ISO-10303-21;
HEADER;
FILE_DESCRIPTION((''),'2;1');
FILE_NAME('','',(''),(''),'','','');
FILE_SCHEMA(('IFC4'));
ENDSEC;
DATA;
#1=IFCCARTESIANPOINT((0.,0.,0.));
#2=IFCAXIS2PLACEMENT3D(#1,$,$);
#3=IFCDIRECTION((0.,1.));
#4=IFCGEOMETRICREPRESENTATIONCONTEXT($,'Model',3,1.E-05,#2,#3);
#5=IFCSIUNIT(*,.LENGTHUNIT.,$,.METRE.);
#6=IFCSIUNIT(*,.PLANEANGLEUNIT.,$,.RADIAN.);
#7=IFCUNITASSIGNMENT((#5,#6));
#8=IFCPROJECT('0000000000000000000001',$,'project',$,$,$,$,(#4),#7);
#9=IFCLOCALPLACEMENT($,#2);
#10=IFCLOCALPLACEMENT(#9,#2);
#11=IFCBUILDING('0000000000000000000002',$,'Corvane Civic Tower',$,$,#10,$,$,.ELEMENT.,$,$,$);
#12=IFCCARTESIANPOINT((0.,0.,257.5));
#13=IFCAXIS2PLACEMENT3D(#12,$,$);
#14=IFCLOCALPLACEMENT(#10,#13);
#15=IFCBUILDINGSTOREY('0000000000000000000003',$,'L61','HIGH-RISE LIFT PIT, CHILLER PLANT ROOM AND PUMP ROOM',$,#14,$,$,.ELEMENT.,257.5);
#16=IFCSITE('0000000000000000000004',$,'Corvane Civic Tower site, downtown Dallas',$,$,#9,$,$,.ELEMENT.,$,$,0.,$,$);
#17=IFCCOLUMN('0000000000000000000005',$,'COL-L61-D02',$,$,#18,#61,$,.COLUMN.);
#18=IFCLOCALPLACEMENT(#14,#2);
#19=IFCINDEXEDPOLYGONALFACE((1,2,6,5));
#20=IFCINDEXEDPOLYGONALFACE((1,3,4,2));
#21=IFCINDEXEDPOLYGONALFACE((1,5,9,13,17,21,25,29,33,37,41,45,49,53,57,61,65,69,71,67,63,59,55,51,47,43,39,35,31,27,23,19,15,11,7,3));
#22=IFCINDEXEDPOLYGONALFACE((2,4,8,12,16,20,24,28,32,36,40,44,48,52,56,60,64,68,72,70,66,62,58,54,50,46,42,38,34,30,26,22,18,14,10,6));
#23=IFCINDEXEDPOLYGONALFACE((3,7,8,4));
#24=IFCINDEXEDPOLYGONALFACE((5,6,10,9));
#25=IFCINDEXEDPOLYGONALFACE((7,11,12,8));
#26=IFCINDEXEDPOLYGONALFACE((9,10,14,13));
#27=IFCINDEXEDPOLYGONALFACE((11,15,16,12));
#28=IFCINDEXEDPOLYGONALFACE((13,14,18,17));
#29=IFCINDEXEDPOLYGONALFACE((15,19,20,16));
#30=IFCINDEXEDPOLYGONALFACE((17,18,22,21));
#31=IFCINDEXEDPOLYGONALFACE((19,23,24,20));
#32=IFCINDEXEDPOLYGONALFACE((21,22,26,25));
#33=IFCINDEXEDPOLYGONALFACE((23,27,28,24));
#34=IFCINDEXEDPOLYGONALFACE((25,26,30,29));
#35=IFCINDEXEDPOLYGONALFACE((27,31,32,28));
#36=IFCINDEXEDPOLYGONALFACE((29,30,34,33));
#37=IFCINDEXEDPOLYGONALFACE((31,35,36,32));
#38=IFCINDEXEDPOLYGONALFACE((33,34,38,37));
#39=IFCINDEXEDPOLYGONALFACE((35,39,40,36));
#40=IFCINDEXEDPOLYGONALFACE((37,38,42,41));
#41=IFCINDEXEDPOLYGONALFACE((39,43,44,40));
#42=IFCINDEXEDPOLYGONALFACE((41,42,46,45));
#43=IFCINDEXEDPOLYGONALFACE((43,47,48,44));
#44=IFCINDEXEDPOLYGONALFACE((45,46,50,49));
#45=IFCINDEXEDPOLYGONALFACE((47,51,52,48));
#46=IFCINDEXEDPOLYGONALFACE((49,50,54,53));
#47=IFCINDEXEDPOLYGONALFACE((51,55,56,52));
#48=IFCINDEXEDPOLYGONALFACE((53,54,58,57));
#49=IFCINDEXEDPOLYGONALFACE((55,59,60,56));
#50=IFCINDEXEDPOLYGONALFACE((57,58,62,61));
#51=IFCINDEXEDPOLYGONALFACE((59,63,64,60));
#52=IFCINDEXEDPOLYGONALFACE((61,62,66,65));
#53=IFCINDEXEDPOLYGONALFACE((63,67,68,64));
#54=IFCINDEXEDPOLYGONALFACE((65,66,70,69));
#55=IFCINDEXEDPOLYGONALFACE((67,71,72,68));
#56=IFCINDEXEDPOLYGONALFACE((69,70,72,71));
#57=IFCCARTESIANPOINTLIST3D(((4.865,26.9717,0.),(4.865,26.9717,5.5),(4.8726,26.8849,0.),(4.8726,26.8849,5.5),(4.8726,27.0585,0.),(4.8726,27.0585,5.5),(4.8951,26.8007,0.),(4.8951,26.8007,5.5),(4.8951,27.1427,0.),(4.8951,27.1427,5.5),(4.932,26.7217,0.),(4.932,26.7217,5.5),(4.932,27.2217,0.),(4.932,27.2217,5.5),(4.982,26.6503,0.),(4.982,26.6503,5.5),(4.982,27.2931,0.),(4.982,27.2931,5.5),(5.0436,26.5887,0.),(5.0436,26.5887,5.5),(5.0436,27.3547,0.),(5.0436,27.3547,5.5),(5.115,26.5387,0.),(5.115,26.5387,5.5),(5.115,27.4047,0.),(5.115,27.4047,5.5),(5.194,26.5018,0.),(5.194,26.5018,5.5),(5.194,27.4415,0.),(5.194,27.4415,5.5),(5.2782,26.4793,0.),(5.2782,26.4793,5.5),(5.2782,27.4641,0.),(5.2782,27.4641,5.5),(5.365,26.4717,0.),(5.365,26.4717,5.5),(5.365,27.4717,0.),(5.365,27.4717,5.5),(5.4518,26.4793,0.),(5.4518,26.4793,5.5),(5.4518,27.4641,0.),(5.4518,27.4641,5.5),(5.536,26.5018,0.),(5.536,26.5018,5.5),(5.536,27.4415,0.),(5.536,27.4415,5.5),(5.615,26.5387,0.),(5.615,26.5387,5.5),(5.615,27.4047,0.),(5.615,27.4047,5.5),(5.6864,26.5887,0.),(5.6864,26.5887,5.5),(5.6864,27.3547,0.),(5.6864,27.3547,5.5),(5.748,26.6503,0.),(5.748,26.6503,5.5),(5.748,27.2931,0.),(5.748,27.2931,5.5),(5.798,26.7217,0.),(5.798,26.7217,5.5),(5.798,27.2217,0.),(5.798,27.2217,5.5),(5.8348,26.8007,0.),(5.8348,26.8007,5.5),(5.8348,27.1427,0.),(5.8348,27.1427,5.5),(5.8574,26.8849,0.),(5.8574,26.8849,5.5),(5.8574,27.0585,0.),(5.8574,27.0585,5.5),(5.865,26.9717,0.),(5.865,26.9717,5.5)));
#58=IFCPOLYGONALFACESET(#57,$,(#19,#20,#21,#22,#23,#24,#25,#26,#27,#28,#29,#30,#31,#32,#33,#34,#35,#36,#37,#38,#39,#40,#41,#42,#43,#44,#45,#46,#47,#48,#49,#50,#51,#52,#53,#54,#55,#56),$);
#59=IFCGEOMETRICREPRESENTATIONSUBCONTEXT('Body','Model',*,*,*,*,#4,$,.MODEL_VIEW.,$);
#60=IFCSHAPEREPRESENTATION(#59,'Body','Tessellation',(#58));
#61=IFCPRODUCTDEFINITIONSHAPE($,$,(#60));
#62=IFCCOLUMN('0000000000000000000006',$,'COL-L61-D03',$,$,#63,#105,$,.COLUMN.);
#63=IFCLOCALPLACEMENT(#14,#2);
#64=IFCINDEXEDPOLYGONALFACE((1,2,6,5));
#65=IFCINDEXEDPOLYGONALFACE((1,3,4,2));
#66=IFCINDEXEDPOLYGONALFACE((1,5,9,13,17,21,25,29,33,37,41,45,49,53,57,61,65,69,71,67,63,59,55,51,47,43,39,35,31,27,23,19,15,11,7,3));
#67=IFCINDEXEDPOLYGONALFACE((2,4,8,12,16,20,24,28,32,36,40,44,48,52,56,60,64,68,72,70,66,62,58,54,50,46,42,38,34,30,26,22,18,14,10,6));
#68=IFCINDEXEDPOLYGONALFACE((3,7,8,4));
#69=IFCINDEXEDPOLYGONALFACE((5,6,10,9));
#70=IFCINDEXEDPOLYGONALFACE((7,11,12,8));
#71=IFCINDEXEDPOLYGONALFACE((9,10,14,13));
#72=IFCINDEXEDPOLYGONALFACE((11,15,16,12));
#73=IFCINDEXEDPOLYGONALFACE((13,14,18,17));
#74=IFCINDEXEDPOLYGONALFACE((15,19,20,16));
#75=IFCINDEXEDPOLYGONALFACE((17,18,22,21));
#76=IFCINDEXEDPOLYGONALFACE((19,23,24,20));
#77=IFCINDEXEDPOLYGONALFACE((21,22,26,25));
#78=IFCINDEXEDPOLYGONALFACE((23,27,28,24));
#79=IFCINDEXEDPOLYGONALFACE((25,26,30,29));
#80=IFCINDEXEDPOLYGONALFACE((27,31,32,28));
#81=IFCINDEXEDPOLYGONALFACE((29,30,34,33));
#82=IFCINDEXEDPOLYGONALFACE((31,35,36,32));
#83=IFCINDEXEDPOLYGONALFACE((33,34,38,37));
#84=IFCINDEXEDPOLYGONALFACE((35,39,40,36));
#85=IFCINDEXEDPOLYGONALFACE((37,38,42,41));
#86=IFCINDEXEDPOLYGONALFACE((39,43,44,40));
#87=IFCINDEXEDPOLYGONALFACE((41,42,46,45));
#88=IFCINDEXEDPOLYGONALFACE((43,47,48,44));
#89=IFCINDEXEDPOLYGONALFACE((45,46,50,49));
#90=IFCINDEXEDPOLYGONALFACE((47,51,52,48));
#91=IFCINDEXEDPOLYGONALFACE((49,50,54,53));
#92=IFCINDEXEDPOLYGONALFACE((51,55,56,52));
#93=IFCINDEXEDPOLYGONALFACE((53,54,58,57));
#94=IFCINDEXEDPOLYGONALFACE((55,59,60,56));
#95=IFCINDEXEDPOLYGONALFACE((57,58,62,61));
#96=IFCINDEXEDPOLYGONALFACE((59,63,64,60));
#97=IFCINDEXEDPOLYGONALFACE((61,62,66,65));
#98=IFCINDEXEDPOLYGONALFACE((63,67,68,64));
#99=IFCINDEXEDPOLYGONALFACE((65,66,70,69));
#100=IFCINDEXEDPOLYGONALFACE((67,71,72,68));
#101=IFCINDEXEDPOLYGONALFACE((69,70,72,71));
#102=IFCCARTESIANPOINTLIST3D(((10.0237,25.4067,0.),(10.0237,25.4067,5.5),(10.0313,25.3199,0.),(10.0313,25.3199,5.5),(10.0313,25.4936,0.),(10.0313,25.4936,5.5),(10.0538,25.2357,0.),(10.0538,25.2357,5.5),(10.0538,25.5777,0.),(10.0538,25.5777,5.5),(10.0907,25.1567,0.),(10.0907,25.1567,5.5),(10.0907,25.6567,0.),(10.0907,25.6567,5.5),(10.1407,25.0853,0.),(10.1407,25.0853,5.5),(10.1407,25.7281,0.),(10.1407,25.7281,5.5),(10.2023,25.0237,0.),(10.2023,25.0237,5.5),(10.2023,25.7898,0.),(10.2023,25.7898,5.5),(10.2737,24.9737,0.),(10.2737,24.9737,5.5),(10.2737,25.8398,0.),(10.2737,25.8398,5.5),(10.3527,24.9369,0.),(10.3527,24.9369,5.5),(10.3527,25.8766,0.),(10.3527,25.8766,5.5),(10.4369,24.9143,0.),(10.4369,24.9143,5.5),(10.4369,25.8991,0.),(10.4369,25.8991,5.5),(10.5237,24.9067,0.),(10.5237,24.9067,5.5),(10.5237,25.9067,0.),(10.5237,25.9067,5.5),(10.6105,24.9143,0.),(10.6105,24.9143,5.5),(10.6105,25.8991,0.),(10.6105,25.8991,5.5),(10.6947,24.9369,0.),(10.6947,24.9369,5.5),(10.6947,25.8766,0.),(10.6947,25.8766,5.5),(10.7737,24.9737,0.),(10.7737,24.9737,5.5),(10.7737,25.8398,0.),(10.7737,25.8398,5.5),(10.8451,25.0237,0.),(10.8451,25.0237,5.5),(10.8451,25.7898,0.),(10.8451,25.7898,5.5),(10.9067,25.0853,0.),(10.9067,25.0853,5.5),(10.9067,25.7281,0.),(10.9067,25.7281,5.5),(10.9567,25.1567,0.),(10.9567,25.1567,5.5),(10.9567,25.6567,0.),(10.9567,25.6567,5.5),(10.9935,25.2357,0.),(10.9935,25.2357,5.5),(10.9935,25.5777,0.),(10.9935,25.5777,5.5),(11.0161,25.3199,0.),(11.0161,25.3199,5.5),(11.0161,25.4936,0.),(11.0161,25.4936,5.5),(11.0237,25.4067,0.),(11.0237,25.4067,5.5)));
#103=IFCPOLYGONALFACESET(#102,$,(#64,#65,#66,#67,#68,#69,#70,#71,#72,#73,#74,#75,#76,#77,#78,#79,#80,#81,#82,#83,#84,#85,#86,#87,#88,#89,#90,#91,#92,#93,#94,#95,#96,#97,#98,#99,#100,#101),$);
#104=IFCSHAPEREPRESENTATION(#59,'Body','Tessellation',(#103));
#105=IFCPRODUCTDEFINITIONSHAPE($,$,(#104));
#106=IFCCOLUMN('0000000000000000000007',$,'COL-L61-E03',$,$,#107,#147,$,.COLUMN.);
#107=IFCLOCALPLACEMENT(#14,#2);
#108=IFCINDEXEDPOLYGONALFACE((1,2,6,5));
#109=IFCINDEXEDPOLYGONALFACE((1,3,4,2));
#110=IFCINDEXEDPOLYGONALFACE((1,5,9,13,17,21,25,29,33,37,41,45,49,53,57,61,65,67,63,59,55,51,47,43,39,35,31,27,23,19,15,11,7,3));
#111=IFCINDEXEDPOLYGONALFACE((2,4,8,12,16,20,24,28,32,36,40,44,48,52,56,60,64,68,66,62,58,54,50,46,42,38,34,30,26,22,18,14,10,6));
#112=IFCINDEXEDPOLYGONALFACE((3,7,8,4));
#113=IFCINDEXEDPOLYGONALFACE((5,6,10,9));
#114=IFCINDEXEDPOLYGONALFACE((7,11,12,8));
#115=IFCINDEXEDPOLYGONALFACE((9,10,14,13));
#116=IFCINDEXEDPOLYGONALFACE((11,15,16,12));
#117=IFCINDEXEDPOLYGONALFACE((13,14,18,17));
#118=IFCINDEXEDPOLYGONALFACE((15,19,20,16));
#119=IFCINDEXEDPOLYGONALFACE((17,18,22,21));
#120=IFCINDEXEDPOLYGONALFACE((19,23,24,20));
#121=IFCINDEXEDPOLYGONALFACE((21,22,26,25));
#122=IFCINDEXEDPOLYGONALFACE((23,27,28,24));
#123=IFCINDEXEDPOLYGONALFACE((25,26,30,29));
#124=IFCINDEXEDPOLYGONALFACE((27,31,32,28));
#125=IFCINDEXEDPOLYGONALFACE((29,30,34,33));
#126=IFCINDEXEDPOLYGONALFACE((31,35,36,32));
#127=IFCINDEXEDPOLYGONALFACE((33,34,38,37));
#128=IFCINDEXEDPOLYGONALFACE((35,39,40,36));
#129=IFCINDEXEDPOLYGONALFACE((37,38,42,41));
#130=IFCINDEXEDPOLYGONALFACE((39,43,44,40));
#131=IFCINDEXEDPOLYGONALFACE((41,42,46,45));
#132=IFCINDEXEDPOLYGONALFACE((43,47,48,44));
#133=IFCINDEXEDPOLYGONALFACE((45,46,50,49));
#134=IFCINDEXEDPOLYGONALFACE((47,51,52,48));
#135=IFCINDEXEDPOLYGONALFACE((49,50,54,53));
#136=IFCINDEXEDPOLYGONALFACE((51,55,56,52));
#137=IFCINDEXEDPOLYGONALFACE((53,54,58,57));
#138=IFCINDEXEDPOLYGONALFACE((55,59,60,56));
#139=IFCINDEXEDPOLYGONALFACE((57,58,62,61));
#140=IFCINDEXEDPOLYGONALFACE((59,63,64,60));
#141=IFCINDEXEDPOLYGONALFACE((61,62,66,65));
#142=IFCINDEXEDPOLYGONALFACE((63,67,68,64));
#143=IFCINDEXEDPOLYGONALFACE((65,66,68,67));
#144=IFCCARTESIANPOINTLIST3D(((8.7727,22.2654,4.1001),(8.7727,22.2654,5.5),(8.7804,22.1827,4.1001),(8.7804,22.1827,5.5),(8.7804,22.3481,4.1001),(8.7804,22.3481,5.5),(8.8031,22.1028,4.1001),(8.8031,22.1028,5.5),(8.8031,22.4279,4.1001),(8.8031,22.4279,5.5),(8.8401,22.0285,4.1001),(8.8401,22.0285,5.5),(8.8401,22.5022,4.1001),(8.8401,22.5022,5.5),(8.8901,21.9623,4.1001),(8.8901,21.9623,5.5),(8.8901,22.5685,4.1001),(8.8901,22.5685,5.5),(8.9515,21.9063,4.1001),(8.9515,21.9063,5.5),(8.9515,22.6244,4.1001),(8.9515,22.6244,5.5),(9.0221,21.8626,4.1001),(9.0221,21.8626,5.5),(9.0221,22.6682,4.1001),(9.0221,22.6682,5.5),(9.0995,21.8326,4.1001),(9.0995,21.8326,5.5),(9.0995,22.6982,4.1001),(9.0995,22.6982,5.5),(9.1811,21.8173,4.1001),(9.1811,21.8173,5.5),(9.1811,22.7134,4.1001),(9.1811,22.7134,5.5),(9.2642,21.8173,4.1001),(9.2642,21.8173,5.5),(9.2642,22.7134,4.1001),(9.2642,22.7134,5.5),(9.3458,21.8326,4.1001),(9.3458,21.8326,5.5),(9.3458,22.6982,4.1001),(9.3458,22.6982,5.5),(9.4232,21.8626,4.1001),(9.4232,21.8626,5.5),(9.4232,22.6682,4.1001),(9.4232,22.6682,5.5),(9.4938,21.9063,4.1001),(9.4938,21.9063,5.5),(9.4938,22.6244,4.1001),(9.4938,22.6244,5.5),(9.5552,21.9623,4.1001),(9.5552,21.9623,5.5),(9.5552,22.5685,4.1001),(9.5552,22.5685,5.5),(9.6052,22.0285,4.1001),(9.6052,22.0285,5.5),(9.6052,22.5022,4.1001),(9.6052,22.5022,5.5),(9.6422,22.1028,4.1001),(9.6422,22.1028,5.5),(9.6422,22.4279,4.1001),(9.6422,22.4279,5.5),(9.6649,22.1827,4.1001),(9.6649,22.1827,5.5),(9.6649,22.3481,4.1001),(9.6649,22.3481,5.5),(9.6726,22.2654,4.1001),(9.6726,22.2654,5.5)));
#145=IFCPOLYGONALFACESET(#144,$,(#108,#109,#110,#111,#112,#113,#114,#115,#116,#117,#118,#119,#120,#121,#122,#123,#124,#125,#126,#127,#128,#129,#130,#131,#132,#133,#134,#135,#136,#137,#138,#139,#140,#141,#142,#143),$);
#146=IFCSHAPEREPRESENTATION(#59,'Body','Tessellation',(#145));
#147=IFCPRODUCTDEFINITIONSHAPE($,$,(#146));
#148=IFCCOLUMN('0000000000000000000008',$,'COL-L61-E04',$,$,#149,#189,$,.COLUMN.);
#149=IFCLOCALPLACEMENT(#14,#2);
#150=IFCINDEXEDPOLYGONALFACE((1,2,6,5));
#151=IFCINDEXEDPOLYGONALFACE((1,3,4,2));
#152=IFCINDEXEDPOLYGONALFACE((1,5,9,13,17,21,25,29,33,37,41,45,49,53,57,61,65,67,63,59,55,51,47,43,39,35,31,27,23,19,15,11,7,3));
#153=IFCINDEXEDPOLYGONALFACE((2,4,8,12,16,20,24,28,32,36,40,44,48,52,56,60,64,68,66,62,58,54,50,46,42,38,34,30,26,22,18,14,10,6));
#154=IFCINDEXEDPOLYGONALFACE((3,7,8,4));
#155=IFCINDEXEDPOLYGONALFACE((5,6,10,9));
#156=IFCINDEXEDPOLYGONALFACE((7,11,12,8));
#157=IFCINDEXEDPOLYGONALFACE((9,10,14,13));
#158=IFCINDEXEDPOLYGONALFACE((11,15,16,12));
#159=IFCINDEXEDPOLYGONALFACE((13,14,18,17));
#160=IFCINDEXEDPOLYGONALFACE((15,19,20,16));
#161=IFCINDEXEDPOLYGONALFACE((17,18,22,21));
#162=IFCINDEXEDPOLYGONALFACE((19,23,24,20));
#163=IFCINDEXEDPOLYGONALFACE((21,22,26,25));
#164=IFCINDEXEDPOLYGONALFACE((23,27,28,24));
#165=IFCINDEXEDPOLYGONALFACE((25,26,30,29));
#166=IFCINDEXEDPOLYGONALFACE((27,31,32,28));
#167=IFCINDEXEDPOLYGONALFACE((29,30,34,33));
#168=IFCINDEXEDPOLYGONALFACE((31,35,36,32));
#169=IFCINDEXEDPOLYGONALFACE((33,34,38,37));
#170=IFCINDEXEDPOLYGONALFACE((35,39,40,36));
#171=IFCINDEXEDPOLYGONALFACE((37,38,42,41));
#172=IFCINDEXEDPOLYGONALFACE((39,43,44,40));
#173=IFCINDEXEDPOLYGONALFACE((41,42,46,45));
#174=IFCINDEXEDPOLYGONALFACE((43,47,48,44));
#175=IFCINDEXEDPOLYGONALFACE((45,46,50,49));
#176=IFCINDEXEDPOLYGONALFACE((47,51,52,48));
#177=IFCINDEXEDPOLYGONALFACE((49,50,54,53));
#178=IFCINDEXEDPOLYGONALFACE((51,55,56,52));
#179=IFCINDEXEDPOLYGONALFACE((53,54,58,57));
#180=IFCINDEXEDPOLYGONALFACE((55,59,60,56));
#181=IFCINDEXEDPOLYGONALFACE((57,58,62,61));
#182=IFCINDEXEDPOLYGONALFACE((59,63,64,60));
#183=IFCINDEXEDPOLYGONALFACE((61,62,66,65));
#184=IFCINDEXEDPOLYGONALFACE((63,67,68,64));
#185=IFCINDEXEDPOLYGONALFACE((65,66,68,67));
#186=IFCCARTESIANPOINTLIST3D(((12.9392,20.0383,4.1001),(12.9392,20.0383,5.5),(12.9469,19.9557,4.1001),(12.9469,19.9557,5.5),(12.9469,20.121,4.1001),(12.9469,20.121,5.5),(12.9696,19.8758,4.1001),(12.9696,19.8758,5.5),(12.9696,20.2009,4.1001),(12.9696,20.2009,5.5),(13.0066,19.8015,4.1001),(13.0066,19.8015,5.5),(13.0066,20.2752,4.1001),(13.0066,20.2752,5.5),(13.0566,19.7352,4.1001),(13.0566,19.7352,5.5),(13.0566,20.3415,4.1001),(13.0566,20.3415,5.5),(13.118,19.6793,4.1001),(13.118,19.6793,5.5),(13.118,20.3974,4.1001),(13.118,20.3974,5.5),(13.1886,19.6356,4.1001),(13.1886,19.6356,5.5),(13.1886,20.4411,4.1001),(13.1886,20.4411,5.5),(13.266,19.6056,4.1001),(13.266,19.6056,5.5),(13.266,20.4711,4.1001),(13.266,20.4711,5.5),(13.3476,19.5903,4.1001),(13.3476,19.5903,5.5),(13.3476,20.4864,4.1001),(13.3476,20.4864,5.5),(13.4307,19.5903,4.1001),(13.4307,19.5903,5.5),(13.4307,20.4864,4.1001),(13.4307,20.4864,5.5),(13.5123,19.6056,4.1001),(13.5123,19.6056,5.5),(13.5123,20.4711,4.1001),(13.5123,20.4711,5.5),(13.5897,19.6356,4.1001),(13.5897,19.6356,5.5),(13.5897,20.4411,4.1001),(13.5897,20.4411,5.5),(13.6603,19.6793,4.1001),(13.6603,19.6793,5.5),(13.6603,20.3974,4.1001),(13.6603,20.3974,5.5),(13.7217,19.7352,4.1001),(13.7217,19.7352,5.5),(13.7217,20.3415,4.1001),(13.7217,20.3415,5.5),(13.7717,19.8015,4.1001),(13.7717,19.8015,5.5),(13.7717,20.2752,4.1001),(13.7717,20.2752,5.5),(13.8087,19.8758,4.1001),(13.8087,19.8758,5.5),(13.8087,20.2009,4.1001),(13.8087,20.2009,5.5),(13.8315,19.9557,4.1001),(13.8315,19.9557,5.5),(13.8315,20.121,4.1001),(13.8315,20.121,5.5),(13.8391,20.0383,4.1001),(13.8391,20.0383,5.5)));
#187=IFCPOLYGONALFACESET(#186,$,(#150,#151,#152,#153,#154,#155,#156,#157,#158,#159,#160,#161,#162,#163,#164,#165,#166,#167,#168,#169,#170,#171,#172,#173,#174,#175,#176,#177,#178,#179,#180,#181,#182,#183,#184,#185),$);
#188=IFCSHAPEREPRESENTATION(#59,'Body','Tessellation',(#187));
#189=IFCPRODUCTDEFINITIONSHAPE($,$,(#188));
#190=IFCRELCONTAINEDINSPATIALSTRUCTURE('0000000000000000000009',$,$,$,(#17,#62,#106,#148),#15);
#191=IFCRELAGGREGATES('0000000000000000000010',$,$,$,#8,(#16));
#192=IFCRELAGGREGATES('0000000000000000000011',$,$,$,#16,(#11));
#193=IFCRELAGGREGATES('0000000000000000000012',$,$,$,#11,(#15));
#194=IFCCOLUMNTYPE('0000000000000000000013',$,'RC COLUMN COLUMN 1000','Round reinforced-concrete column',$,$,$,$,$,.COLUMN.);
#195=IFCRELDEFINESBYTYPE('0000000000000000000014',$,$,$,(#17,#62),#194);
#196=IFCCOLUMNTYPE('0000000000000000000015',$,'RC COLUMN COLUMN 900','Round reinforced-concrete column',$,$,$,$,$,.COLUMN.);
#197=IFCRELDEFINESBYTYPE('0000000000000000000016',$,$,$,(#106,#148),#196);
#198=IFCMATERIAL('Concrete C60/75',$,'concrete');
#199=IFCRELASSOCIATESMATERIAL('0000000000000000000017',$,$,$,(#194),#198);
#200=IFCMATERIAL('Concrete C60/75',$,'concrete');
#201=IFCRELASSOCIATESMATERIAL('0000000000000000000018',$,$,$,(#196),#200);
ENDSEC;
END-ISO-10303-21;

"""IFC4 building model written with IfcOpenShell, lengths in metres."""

from ifc_helpers import new_model, si_unit, direction, frame, origin, origin_2d, place, context, subcontext, project, spatial, circle, extrude, material, material_profile, profile_set, type_object, element, save


model = new_model("IFC4")

# Units and contexts
model_context = context("Model", 3, precision=1e-05, world=origin(), true_north=direction((0.0, 1.0)))
body_context = subcontext(model_context, "Body", "Model", "MODEL_VIEW")
ifc_project = project(units=[si_unit("LENGTHUNIT", "METRE"), si_unit("PLANEANGLEUNIT", "RADIAN")], contexts=[model_context])

# Site, building, storey
site_placement = place(None, origin())
site = spatial("IfcSite", under=ifc_project, at=site_placement, Name="Corvane Civic Tower site, downtown Dallas", CompositionType="ELEMENT", RefElevation=0.0)
building_placement = place(site_placement, origin())
building = spatial("IfcBuilding", under=site, at=building_placement, Name="Corvane Civic Tower", CompositionType="ELEMENT")
storey_placement = place(building_placement, frame((0.0, 0.0, 257.5)))
storey = spatial("IfcBuildingStorey", under=building, at=storey_placement, Name="L61", Description="HIGH-RISE LIFT PIT, CHILLER PLANT ROOM AND PUMP ROOM", CompositionType="ELEMENT", Elevation=257.5)

# Columns
ifc_material_1 = material(Name="Concrete C60/75", Category="concrete")
ifc_material_profile_1 = material_profile(ifc_material_1, circle(Radius=0.5, at=origin_2d()), Name="COLUMN 1000")
ifc_profile_set_1 = profile_set([ifc_material_profile_1], Name="Concrete C60/75")
column_type_1 = type_object("IfcColumnType", Name="RC COLUMN COLUMN 1000", Description="Round reinforced-concrete column", PredefinedType="COLUMN", material=ifc_profile_set_1)
for number, where, z_axis, x_axis, name in (
    (1, (5.365, 26.9717, 0.0), (0.0, 0.0, 1.0), (1.0, 0.0, 0.0), "COL-L61-D02"),
    (2, (10.5237, 25.4067, 0.0), (0.0, 0.0, 1.0), (1.0, 0.0, 0.0), "COL-L61-D03"),
):
    element("IfcColumn", number, at=place(storey_placement, frame(where, z_axis=z_axis, x_axis=x_axis)), inside=storey, type_object=column_type_1, Name=name, PredefinedType="COLUMN", context=body_context, shape_type="SweptSolid", body=[
        extrude(circle(Radius=0.5, at=origin_2d()), origin(), (0.0, 0.0, 1.0), 5.5),
    ])
ifc_material_2 = material(Name="Concrete C60/75", Category="concrete")
ifc_material_profile_2 = material_profile(ifc_material_2, circle(Radius=0.45, at=origin_2d()), Name="COLUMN 900")
ifc_profile_set_2 = profile_set([ifc_material_profile_2], Name="Concrete C60/75")
column_type_2 = type_object("IfcColumnType", Name="RC COLUMN COLUMN 900", Description="Round reinforced-concrete column", PredefinedType="COLUMN", material=ifc_profile_set_2)
for number, where, z_axis, x_axis, name in (
    (3, (9.2227, 22.2654, 4.1001), (0.0, 0.0, 1.0), (1.0, 0.0, 0.0), "COL-L61-E03"),
    (4, (13.3892, 20.0383, 4.1001), (0.0, 0.0, 1.0), (1.0, 0.0, 0.0), "COL-L61-E04"),
):
    element("IfcColumn", number, at=place(storey_placement, frame(where, z_axis=z_axis, x_axis=x_axis)), inside=storey, type_object=column_type_2, Name=name, PredefinedType="COLUMN", context=body_context, shape_type="SweptSolid", body=[
        extrude(circle(Radius=0.45, at=origin_2d()), origin(), (0.0, 0.0, 1.0), 1.3999),
    ])

save(model, "model.ifc")
